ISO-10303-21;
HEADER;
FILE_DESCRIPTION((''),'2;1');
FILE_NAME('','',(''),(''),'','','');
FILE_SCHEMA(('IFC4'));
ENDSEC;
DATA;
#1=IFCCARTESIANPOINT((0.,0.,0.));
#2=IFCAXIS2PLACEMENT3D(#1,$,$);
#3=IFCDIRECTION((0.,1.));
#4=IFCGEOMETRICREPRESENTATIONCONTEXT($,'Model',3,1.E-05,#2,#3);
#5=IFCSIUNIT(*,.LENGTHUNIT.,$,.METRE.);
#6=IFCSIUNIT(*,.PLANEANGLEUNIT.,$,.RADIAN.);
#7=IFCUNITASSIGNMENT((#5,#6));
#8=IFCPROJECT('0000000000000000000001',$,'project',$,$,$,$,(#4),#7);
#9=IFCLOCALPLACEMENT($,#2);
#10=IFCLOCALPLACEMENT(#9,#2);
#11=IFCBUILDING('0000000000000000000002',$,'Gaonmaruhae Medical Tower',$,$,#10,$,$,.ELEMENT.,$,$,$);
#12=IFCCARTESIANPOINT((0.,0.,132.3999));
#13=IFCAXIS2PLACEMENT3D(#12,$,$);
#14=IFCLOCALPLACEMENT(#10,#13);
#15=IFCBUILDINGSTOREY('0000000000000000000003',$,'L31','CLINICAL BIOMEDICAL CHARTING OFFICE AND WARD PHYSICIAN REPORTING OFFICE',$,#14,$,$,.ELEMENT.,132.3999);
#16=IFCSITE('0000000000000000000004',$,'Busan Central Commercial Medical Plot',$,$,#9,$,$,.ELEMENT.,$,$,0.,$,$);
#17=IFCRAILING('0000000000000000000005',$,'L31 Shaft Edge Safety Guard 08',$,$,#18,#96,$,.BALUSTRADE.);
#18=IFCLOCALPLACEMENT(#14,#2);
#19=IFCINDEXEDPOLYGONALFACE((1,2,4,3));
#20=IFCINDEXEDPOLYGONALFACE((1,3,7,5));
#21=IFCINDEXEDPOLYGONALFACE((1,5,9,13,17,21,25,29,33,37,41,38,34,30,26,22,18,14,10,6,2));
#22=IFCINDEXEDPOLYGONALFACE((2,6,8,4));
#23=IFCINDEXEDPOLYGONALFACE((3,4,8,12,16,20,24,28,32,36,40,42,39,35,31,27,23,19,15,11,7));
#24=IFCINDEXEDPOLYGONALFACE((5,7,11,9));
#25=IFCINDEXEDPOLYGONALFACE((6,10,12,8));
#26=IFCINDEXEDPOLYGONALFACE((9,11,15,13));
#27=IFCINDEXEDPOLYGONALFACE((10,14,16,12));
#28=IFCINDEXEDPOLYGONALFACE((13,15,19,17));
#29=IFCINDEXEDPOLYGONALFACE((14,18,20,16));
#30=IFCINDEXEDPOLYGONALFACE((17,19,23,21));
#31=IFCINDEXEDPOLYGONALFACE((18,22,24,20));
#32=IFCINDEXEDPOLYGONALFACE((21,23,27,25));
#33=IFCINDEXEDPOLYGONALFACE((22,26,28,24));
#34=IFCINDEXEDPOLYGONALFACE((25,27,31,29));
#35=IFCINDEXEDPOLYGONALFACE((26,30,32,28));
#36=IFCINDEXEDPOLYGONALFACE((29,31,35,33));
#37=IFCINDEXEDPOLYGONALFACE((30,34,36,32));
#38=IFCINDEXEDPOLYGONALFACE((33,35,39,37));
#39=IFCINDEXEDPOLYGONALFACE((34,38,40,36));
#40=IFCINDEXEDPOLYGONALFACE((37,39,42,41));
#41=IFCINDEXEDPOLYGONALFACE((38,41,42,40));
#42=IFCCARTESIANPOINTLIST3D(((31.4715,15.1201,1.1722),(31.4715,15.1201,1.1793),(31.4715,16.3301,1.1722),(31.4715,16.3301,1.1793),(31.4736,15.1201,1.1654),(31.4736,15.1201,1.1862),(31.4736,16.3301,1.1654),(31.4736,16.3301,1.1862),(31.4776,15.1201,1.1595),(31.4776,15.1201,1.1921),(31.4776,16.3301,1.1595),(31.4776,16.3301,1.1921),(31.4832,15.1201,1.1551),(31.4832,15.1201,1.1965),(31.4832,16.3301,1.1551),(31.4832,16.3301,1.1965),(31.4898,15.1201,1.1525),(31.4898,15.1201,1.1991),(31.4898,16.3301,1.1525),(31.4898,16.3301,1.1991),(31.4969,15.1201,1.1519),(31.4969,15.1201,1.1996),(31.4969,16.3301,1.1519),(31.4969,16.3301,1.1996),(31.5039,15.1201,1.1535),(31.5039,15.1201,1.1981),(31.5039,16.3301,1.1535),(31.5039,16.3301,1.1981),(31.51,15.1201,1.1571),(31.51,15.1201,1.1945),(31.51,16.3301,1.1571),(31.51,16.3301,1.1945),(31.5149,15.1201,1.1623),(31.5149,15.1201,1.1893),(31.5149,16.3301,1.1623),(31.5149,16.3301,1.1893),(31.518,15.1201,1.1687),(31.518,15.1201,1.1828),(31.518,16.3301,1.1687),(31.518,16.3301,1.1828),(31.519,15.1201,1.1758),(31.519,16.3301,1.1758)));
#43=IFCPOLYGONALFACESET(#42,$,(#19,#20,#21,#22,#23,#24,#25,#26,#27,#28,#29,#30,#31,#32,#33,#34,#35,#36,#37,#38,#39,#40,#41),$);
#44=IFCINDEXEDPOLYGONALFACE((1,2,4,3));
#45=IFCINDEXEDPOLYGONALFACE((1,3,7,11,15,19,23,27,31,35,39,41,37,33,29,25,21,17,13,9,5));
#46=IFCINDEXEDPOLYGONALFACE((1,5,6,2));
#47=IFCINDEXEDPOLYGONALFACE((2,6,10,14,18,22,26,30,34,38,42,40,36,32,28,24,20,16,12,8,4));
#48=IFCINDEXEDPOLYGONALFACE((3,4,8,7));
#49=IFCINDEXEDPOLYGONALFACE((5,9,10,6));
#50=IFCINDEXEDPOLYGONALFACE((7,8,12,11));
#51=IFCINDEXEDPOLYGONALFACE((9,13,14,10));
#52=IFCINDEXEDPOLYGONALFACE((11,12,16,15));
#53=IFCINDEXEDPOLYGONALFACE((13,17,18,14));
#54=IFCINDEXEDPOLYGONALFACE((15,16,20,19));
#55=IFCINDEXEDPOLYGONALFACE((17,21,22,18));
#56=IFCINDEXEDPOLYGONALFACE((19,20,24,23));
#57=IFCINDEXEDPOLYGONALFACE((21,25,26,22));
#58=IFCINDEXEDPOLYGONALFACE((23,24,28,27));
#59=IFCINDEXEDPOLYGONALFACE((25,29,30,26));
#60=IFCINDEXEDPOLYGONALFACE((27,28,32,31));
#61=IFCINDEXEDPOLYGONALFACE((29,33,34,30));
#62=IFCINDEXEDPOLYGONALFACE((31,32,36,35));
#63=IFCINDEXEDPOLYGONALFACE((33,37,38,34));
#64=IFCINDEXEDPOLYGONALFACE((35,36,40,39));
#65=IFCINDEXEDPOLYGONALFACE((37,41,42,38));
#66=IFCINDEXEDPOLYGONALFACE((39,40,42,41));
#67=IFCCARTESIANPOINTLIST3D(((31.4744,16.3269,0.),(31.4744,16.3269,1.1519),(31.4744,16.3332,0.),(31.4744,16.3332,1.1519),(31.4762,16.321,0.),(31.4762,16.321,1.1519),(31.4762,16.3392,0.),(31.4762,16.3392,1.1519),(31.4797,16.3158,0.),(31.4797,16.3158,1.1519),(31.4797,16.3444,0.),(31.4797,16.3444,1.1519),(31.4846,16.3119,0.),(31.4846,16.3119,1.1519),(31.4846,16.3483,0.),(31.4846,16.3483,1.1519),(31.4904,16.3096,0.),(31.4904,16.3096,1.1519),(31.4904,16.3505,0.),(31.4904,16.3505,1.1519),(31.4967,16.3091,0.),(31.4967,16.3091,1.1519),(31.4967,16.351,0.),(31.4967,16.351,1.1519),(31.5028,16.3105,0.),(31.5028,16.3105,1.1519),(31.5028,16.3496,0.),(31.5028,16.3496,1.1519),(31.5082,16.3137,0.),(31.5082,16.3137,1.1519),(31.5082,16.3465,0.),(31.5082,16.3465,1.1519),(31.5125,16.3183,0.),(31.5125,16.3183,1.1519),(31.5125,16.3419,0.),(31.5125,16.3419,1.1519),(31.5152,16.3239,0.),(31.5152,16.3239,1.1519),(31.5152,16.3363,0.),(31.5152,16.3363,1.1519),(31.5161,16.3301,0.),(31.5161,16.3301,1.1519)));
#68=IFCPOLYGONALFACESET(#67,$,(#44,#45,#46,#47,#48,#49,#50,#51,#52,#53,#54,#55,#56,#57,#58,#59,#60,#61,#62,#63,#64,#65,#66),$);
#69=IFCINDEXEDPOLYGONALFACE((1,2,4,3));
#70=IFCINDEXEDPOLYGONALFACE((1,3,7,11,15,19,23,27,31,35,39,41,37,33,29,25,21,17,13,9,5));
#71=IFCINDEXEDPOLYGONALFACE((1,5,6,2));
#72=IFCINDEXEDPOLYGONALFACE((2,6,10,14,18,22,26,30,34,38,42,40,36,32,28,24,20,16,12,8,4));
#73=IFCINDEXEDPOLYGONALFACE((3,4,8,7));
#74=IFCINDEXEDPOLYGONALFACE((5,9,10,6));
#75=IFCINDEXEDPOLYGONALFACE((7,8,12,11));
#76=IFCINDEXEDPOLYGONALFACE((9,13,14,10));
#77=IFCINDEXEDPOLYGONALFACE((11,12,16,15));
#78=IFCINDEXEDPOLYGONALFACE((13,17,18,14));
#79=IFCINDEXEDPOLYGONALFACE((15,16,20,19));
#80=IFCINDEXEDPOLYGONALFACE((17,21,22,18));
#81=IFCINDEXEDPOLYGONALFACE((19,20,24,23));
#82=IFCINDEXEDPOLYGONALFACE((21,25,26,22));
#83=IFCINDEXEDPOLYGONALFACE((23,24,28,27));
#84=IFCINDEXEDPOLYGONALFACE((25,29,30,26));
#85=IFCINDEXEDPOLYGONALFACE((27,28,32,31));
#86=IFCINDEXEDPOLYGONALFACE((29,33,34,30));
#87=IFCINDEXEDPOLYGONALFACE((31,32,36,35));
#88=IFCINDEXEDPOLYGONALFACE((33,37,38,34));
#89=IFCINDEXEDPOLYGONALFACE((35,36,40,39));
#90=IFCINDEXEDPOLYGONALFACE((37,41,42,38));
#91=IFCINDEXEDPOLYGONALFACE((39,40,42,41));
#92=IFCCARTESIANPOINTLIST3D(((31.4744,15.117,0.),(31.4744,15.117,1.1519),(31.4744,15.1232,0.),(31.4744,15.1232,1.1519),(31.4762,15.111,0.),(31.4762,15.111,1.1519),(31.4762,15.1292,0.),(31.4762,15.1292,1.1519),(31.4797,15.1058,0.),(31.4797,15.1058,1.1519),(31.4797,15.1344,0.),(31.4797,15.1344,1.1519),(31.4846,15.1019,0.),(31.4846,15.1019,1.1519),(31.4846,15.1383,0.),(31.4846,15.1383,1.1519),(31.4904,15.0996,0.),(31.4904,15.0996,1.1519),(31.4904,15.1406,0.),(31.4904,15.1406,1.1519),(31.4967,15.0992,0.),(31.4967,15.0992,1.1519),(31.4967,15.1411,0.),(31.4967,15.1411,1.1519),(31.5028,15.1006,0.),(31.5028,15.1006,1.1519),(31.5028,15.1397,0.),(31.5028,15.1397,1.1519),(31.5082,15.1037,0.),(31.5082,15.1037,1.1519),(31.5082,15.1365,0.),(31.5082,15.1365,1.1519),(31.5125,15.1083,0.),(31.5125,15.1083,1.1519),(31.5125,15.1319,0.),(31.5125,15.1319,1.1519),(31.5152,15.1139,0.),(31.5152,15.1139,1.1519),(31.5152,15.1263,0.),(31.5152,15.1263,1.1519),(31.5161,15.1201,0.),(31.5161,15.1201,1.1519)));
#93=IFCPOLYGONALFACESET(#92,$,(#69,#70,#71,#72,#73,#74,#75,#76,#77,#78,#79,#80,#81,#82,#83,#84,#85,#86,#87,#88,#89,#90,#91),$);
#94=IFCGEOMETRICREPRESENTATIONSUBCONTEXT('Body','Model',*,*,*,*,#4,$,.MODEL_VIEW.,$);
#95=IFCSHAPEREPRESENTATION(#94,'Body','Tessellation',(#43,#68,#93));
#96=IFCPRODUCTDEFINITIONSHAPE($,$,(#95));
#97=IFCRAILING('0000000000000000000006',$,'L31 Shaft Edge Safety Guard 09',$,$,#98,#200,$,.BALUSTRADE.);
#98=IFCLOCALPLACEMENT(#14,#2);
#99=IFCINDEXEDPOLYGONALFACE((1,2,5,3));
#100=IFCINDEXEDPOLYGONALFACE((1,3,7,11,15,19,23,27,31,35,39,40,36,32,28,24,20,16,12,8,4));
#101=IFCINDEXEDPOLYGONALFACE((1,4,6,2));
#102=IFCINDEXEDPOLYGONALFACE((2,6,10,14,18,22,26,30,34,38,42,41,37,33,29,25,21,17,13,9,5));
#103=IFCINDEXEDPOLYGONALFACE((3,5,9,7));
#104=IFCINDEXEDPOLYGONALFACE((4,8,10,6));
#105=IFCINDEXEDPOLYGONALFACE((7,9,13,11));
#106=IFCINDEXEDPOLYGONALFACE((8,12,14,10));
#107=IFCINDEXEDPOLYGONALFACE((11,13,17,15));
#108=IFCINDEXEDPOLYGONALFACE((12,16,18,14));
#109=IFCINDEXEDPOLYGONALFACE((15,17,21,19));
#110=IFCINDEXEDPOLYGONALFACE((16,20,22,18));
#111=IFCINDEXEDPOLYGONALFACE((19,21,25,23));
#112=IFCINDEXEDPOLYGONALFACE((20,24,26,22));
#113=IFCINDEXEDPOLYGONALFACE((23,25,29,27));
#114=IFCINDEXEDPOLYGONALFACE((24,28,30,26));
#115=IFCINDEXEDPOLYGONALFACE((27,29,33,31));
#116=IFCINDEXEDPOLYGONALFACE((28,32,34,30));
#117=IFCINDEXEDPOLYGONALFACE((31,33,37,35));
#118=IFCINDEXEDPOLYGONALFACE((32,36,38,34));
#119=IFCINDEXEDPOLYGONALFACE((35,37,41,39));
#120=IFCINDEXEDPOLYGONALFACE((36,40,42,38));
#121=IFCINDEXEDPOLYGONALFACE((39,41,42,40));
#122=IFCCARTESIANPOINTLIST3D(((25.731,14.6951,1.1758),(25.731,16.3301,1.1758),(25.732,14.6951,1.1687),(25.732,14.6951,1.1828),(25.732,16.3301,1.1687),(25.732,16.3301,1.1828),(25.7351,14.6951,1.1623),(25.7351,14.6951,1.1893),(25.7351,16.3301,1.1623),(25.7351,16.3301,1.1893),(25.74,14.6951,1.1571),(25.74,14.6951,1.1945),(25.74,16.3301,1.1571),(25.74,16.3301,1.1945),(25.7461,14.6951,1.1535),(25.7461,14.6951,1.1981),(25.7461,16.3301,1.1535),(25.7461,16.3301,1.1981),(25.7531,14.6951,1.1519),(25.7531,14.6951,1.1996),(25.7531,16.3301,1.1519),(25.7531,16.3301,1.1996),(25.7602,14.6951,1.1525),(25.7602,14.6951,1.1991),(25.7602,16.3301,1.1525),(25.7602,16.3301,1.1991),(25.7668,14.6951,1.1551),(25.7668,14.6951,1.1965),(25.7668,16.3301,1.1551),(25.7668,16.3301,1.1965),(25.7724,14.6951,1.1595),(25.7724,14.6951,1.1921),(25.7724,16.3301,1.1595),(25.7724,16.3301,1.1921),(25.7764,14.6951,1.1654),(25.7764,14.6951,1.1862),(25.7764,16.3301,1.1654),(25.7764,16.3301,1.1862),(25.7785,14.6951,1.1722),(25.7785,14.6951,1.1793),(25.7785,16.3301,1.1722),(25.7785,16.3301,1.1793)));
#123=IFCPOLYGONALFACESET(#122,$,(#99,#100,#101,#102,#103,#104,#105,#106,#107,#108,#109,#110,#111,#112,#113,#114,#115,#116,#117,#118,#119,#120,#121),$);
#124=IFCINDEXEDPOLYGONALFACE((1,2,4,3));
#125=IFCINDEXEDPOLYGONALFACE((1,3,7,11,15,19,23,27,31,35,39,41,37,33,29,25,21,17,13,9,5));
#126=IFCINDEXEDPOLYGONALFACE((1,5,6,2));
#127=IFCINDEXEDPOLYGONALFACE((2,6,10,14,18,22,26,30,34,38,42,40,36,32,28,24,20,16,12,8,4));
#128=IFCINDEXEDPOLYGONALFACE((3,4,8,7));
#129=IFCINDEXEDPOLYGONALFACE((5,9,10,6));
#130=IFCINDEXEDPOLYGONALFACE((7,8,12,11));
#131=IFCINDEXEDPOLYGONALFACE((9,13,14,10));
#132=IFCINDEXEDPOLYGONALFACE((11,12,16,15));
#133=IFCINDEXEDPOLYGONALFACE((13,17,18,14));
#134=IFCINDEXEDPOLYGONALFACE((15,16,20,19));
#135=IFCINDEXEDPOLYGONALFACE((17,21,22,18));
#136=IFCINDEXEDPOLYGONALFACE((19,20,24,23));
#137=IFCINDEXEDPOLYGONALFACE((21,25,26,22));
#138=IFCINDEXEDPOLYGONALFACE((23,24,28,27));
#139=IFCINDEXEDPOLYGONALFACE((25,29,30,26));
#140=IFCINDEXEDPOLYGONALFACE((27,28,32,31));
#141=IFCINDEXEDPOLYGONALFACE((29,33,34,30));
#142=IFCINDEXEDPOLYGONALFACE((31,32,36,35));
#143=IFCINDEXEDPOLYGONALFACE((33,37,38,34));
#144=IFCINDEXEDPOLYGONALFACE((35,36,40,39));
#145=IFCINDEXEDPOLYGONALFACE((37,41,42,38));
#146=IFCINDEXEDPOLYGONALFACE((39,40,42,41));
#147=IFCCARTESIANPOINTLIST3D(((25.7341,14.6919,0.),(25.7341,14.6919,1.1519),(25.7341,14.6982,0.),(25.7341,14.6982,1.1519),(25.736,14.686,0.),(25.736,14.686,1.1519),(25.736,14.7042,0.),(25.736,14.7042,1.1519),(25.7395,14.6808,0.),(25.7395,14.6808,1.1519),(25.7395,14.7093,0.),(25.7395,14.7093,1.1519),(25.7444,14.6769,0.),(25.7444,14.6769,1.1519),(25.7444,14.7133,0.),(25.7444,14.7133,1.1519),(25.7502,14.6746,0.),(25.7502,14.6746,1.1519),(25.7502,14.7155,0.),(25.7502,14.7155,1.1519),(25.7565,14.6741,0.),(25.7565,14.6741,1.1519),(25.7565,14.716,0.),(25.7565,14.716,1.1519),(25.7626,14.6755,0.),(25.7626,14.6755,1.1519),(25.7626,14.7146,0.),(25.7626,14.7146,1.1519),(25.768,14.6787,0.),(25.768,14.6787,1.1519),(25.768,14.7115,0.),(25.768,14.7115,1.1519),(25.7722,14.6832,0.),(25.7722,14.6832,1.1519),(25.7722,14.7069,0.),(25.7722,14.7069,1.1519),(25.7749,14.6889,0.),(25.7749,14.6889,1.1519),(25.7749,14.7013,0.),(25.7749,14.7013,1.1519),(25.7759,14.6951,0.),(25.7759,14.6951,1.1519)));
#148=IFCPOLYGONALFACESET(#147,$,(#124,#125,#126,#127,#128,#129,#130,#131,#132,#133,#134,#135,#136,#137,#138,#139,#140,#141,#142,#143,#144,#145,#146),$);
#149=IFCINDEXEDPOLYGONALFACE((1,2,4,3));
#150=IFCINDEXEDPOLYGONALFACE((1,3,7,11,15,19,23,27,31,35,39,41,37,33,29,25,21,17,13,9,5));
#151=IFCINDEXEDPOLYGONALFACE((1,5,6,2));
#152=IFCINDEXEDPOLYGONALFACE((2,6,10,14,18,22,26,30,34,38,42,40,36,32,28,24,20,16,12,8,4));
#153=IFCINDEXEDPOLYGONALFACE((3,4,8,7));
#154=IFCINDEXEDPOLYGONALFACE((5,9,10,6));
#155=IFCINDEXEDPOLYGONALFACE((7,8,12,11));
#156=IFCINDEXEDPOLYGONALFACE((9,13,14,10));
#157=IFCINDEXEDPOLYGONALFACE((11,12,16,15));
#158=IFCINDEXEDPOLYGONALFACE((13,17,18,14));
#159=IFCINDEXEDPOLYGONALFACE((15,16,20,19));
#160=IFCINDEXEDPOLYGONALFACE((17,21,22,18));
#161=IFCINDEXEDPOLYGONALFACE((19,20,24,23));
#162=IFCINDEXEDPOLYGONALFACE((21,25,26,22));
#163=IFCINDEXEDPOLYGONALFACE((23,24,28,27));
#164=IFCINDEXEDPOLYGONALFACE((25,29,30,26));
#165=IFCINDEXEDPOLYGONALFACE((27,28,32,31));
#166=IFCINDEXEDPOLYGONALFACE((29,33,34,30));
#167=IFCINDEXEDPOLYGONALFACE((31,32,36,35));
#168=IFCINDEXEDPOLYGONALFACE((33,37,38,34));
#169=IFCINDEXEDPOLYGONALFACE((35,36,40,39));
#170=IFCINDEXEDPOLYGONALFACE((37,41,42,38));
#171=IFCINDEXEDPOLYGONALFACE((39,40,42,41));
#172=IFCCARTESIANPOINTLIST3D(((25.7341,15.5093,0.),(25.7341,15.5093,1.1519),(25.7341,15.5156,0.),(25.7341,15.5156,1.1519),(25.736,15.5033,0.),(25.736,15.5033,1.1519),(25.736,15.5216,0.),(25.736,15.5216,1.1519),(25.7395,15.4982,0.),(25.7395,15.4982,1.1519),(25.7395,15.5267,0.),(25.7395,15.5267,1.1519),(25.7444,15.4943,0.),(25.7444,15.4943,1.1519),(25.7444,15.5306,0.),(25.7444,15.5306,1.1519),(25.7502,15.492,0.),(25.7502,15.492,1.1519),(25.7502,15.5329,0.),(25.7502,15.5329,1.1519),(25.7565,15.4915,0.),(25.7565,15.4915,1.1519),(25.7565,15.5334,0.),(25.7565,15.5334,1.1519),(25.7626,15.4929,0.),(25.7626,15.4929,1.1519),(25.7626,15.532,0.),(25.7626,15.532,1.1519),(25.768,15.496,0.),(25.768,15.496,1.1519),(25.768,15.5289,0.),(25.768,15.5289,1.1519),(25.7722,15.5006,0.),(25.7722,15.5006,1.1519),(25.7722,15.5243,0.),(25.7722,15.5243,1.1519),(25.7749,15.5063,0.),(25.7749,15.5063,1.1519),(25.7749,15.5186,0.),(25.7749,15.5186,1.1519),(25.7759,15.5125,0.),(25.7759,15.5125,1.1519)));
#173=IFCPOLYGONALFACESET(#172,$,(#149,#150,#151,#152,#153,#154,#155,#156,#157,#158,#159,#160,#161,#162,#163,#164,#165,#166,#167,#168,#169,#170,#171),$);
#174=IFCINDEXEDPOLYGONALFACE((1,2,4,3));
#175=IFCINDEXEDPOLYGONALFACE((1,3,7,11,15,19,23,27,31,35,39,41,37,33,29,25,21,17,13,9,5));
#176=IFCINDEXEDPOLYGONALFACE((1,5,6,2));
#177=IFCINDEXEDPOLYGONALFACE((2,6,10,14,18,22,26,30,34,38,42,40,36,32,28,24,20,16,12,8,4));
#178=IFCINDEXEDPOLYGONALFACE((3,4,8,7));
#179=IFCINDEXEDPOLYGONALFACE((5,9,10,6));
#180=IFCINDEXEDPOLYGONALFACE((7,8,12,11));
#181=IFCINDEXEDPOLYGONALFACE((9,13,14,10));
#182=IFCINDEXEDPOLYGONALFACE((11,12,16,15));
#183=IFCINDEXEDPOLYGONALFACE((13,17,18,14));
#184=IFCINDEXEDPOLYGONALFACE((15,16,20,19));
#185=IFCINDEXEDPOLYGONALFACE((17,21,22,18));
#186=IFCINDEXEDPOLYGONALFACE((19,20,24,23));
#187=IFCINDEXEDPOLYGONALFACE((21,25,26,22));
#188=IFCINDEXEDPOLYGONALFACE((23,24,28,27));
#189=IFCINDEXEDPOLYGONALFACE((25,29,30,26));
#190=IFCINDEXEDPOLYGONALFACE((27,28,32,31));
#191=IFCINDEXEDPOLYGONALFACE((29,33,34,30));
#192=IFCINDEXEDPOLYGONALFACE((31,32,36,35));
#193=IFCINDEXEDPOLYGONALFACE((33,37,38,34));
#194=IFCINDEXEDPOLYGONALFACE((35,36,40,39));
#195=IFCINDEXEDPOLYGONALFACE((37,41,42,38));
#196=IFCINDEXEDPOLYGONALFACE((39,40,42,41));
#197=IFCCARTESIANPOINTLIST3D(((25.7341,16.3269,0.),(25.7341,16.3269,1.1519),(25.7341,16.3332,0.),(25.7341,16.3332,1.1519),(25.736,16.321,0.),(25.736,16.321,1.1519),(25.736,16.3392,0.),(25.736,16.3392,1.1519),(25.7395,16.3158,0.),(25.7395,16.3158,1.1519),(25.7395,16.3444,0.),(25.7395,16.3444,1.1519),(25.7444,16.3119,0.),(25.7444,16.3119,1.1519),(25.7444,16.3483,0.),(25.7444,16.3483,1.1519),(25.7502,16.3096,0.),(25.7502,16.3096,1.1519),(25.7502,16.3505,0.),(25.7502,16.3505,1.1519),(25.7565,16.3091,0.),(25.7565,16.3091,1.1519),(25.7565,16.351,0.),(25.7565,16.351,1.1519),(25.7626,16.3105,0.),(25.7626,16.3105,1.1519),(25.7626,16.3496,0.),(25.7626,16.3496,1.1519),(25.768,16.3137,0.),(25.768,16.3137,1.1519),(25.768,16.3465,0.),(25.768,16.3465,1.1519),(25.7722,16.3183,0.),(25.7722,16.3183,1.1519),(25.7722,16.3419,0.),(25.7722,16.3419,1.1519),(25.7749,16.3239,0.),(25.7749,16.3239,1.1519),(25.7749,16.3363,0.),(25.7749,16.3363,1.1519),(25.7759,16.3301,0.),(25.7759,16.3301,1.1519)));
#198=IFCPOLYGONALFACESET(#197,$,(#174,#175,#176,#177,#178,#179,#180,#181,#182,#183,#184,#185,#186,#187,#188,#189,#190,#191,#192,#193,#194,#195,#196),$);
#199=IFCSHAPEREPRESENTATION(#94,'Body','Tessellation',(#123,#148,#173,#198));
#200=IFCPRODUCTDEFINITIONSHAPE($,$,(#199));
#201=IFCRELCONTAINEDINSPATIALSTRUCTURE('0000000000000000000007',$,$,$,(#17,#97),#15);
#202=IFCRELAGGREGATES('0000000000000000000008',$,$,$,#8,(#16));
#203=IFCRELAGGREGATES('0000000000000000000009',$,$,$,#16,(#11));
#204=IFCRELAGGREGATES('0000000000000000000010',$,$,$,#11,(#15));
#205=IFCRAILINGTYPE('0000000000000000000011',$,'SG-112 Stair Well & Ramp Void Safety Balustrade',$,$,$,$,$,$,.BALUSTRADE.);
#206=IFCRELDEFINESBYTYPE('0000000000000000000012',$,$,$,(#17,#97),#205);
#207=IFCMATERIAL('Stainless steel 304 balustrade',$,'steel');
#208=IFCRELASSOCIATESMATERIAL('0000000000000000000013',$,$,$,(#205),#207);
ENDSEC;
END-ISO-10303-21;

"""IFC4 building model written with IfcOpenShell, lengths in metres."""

from ifc_helpers import new_model, si_unit, direction, frame, origin, origin_2d, place, context, subcontext, project, spatial, circle, extrude, material, type_object, element, save


model = new_model("IFC4")

# Units and contexts
model_context = context("Model", 3, precision=1e-05, world=origin(), true_north=direction((0.0, 1.0)))
body_context = subcontext(model_context, "Body", "Model", "MODEL_VIEW")
ifc_project = project(units=[si_unit("LENGTHUNIT", "METRE"), si_unit("PLANEANGLEUNIT", "RADIAN")], contexts=[model_context])

# Site, building, storey
site_placement = place(None, origin())
site = spatial("IfcSite", under=ifc_project, at=site_placement, Name="Busan Central Commercial Medical Plot", CompositionType="ELEMENT", RefElevation=0.0)
building_placement = place(site_placement, origin())
building = spatial("IfcBuilding", under=site, at=building_placement, Name="Gaonmaruhae Medical Tower", CompositionType="ELEMENT")
storey_placement = place(building_placement, frame((0.0, 0.0, 132.3999)))
storey = spatial("IfcBuildingStorey", under=building, at=storey_placement, Name="L31", Description="CLINICAL BIOMEDICAL CHARTING OFFICE AND WARD PHYSICIAN REPORTING OFFICE", CompositionType="ELEMENT", Elevation=132.3999)

# Railings
ifc_material_1 = material(Name="Stainless steel 304 balustrade", Category="steel")
railing_type = type_object("IfcRailingType", Name="SG-112 Stair Well & Ramp Void Safety Balustrade", PredefinedType="BALUSTRADE", material=ifc_material_1)
railing_1_placement = place(storey_placement, frame((31.4951, 16.3301, 0.0)))
element("IfcRailing", 1, at=railing_1_placement, inside=storey, type_object=railing_type, Name="L31 Shaft Edge Safety Guard 08", PredefinedType="BALUSTRADE", context=body_context, shape_type="SweptSolid", body=[
    extrude(circle(Radius=0.0239, at=origin_2d()), frame((0.0, 0.0, 1.1758), z_axis=(0.0, -1.0, 0.0), x_axis=(1.0, 0.0, 0.0)), (0.0, 0.0, 1.0), 1.21),
    extrude(circle(Radius=0.021, at=origin_2d()), origin(), (0.0, 0.0, 1.0), 1.1519),
    extrude(circle(Radius=0.021, at=origin_2d()), frame((0.0, -1.21, 0.0)), (0.0, 0.0, 1.0), 1.1519),
])
railing_2_placement = place(storey_placement, frame((25.7549, 14.6951, 0.0)))
element("IfcRailing", 2, at=railing_2_placement, inside=storey, type_object=railing_type, Name="L31 Shaft Edge Safety Guard 09", PredefinedType="BALUSTRADE", context=body_context, shape_type="SweptSolid", body=[
    extrude(circle(Radius=0.0239, at=origin_2d()), frame((0.0, 0.0, 1.1758), z_axis=(0.0, 1.0, 0.0), x_axis=(-1.0, 0.0, 0.0)), (0.0, 0.0, 1.0), 1.635),
    extrude(circle(Radius=0.021, at=origin_2d()), origin(), (0.0, 0.0, 1.0), 1.1519),
    extrude(circle(Radius=0.021, at=origin_2d()), frame((0.0, 0.8174, 0.0)), (0.0, 0.0, 1.0), 1.1519),
    extrude(circle(Radius=0.021, at=origin_2d()), frame((0.0, 1.635, 0.0)), (0.0, 0.0, 1.0), 1.1519),
])

save(model, "model.ifc")
